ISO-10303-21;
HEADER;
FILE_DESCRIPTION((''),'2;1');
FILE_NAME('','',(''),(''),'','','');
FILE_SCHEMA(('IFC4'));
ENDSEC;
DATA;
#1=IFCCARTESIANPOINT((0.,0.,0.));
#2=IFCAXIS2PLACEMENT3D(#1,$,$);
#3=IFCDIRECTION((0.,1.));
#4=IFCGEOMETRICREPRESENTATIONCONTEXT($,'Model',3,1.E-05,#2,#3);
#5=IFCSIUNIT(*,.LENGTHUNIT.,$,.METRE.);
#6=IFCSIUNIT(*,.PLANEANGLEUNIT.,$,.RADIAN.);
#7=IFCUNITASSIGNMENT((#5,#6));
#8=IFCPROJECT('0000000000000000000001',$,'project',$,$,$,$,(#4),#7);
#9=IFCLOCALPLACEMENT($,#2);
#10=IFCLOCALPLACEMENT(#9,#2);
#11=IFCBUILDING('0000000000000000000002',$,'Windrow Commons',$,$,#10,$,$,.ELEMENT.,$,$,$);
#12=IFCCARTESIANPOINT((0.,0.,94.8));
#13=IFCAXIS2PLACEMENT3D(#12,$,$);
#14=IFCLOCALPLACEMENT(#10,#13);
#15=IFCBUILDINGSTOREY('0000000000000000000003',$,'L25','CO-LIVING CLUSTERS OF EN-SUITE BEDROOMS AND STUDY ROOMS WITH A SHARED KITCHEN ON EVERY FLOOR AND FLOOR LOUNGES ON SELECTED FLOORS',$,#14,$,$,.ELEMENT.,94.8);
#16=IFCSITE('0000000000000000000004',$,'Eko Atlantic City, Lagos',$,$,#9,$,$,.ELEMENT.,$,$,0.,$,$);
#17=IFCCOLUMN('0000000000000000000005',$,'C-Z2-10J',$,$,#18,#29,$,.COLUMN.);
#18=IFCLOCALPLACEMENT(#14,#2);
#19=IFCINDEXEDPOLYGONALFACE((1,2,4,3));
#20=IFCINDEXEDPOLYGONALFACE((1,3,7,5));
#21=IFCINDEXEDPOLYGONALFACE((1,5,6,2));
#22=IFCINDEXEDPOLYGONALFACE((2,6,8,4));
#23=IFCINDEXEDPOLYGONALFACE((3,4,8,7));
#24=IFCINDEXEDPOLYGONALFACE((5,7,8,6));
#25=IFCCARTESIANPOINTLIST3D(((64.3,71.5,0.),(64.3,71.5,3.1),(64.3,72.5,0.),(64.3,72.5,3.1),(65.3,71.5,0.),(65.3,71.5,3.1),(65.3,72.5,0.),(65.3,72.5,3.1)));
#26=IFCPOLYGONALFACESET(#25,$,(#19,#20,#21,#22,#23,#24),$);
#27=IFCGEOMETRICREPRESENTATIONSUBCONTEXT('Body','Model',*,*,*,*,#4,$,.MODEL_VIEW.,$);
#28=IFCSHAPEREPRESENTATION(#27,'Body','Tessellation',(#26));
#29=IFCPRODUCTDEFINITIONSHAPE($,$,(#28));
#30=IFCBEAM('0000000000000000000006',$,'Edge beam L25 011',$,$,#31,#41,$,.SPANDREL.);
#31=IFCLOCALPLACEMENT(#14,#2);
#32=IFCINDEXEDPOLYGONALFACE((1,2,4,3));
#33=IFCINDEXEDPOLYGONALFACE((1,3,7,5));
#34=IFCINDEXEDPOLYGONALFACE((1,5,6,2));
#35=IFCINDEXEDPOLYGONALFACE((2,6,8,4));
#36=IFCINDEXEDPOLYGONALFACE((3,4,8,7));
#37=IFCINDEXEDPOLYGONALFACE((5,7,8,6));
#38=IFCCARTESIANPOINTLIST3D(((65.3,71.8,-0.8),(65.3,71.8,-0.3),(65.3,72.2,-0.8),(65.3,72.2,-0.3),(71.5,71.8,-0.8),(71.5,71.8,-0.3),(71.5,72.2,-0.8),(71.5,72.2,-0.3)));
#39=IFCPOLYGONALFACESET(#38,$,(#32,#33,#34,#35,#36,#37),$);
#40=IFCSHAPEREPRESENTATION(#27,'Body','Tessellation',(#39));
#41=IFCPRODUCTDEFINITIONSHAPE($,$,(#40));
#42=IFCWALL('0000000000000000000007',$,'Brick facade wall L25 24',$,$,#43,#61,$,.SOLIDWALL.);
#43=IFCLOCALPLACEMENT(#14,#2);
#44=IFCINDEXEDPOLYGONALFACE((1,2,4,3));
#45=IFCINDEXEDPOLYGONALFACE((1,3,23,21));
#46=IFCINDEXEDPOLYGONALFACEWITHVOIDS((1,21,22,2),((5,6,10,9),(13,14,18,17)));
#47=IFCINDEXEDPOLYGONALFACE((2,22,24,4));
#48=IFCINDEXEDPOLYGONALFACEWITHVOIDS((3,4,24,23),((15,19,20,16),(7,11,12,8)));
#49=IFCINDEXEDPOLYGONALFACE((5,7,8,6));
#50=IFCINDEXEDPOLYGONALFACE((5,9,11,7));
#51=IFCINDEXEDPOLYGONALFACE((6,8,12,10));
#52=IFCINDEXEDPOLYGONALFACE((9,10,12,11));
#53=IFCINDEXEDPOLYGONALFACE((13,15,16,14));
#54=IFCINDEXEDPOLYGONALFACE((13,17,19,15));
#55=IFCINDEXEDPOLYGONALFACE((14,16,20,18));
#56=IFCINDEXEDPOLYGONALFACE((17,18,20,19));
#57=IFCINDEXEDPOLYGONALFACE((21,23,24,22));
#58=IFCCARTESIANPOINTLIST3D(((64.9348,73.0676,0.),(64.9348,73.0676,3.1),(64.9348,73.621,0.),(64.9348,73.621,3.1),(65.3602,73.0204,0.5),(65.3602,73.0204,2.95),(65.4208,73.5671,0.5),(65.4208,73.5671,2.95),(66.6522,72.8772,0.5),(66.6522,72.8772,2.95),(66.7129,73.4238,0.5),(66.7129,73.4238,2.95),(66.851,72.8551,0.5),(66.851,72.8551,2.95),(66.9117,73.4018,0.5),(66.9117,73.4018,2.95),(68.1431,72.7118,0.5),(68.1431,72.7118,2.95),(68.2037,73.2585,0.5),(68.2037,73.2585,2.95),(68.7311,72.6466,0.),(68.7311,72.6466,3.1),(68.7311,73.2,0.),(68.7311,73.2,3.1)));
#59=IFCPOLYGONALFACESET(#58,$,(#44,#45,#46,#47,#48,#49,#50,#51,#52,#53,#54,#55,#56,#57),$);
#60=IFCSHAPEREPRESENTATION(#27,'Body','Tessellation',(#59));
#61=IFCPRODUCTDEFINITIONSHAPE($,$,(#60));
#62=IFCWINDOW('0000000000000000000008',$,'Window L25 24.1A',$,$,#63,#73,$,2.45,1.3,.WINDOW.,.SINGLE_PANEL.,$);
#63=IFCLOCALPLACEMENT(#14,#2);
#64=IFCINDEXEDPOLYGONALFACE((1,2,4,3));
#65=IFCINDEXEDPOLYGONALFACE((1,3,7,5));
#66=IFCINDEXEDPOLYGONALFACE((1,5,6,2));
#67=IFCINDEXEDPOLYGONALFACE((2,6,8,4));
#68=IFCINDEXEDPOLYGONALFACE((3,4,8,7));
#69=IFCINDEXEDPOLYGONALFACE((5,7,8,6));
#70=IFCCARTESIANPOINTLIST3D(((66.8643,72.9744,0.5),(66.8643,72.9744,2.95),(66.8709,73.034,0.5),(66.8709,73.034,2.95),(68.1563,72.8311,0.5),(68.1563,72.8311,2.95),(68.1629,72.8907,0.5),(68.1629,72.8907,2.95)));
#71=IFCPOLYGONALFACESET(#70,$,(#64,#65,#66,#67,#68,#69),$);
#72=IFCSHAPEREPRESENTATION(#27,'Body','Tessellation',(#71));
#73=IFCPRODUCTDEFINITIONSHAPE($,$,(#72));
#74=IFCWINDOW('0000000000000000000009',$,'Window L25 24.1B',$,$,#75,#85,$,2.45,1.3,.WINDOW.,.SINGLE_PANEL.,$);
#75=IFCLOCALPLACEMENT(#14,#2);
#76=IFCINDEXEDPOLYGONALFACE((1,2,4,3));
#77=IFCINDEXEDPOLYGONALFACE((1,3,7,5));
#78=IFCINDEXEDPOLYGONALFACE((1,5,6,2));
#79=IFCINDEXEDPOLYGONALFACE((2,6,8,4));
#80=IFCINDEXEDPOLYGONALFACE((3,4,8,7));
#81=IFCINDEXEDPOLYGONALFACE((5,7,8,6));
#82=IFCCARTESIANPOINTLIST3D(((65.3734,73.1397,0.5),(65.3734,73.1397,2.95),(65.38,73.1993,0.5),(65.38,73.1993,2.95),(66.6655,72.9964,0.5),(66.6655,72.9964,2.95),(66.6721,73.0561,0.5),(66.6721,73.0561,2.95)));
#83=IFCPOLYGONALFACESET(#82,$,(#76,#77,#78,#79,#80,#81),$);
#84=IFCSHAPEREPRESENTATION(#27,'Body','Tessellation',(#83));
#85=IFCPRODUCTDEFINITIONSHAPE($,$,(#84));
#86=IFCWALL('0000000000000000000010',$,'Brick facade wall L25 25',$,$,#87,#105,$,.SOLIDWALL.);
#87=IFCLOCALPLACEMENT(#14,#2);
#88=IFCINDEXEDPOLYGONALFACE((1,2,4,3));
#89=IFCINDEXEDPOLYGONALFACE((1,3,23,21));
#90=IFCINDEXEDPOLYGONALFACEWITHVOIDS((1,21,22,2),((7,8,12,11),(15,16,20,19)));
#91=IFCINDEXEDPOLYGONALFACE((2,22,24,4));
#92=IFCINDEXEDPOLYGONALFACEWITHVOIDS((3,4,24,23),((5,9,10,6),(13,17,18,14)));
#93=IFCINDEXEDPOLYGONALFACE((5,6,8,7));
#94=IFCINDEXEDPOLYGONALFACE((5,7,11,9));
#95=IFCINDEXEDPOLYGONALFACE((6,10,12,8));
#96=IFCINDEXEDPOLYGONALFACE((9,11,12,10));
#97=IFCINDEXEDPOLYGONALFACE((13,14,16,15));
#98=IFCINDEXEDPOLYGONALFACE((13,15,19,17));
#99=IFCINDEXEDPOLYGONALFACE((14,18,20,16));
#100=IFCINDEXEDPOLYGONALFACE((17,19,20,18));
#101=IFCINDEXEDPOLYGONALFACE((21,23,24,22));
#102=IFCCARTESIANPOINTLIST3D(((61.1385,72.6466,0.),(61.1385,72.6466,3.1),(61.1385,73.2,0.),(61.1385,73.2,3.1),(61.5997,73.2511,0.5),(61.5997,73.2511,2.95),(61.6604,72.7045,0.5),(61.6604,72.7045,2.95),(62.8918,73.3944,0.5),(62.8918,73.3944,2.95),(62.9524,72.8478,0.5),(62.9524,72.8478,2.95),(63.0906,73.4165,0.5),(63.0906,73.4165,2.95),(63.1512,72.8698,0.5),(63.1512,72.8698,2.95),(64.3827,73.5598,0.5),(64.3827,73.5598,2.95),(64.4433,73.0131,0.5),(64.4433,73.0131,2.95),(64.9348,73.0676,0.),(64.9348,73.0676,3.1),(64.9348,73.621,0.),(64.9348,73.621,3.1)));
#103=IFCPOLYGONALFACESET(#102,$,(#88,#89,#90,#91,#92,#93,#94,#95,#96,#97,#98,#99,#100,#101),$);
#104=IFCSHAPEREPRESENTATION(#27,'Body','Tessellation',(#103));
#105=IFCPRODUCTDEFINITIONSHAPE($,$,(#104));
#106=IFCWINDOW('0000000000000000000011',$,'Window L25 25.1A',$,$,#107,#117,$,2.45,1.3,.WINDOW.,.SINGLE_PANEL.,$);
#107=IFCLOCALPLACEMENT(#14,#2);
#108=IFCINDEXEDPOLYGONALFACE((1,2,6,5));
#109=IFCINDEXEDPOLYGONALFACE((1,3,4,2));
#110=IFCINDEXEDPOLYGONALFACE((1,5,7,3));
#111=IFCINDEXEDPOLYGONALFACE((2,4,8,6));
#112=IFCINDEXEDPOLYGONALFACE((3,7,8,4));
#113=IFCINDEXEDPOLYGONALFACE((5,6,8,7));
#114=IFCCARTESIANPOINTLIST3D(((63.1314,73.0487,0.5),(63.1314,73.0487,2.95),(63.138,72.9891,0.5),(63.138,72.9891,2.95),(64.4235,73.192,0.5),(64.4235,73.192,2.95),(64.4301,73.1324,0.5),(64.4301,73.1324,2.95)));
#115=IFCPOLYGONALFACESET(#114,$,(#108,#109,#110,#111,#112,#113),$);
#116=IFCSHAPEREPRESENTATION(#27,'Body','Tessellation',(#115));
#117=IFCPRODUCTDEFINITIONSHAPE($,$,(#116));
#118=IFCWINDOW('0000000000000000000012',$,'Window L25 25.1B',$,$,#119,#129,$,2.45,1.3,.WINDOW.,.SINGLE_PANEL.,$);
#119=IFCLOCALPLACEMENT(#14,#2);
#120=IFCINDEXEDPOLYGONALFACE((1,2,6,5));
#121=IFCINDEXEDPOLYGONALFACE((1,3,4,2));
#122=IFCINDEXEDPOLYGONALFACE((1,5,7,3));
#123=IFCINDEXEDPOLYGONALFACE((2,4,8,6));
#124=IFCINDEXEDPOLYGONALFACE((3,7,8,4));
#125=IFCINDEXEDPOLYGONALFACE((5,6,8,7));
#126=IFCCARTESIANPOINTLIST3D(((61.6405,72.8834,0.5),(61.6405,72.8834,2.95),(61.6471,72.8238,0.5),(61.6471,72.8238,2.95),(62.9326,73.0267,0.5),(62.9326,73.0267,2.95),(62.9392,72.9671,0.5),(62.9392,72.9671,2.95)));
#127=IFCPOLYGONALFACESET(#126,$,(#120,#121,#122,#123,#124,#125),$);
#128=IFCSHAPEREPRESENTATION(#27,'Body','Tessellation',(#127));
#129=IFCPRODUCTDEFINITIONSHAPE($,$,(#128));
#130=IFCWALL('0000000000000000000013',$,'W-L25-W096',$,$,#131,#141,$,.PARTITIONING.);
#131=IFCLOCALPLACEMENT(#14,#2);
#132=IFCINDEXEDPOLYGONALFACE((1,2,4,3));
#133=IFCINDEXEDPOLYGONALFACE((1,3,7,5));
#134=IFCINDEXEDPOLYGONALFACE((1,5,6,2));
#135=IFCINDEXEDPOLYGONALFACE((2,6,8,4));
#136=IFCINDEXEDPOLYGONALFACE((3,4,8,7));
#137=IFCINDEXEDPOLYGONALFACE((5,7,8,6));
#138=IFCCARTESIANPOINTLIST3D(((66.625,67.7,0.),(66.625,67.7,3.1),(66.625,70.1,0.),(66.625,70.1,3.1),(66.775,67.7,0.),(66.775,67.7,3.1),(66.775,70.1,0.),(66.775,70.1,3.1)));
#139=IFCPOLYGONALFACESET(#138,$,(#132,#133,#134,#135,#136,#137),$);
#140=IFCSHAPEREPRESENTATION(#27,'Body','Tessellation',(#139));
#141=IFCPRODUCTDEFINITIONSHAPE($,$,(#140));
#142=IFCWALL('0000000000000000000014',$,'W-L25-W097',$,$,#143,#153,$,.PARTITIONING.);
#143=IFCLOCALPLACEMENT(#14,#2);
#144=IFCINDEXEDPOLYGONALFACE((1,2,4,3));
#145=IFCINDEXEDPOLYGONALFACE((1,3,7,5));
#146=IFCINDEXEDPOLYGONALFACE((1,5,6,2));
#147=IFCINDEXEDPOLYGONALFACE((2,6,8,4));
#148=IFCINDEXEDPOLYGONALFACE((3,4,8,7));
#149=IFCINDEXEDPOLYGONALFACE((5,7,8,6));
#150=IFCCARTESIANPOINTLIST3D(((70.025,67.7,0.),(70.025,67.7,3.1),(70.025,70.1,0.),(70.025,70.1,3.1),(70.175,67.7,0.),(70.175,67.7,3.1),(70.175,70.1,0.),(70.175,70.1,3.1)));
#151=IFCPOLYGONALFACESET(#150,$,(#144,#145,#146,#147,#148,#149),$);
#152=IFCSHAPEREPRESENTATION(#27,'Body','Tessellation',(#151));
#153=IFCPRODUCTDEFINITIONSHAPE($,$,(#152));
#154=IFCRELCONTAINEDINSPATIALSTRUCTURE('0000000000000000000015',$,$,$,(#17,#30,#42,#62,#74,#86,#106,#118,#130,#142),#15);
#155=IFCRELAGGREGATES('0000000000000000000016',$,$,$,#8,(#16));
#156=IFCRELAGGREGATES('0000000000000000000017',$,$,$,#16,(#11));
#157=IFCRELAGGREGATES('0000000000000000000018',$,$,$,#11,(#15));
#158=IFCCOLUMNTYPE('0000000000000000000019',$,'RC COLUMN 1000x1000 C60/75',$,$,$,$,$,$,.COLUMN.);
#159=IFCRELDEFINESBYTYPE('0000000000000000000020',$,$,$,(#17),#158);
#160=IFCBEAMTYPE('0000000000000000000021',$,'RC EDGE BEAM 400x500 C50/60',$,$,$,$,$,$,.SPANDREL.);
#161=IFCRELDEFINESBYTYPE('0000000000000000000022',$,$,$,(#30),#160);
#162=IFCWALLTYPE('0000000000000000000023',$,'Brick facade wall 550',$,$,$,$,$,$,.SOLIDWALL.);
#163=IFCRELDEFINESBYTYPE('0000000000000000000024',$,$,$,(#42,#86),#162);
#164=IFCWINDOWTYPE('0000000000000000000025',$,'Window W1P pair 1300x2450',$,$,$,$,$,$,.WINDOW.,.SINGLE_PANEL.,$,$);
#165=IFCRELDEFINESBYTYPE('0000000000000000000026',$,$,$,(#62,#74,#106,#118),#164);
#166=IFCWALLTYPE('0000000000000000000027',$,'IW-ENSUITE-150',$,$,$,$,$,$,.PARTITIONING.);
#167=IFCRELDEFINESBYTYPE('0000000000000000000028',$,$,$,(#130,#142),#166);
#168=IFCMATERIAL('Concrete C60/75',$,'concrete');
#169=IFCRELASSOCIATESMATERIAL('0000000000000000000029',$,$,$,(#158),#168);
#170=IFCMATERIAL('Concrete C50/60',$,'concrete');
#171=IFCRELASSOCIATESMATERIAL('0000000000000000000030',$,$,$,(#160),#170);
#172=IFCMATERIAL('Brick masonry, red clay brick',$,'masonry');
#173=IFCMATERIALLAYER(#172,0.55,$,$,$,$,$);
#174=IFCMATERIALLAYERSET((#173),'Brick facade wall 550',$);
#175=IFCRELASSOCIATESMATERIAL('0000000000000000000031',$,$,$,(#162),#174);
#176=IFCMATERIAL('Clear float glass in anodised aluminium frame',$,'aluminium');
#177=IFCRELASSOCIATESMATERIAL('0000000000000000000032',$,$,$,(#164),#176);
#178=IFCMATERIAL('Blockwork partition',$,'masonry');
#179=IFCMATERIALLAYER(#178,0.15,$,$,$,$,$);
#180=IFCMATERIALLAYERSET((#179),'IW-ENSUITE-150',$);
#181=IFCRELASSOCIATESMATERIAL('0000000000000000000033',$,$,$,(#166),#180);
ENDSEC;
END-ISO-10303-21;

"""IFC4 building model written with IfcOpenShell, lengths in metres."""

from ifc_helpers import new_model, si_unit, direction, frame, frame_2d, origin, origin_2d, place, context, subcontext, project, spatial, polyline, rectangle, outline, extrude, material, layer, layer_set, material_profile, profile_set, type_object, element, fill, save


model = new_model("IFC4")

# Units and contexts
model_context = context("Model", 3, precision=1e-05, world=origin(), true_north=direction((0.0, 1.0)))
body_context = subcontext(model_context, "Body", "Model", "MODEL_VIEW")
ifc_project = project(units=[si_unit("LENGTHUNIT", "METRE"), si_unit("PLANEANGLEUNIT", "RADIAN")], contexts=[model_context])

# Site, building, storey
site_placement = place(None, origin())
site = spatial("IfcSite", under=ifc_project, at=site_placement, Name="Eko Atlantic City, Lagos", CompositionType="ELEMENT", RefElevation=0.0)
building_placement = place(site_placement, origin())
building = spatial("IfcBuilding", under=site, at=building_placement, Name="Windrow Commons", CompositionType="ELEMENT")
storey_placement = place(building_placement, frame((0.0, 0.0, 94.8)))
storey = spatial("IfcBuildingStorey", under=building, at=storey_placement, Name="L25", Description="CO-LIVING CLUSTERS OF EN-SUITE BEDROOMS AND STUDY ROOMS WITH A SHARED KITCHEN ON EVERY FLOOR AND FLOOR LOUNGES ON SELECTED FLOORS", CompositionType="ELEMENT", Elevation=94.8)

# Column
ifc_material_1 = material(Name="Concrete C60/75", Category="concrete")
ifc_material_profile_1 = material_profile(ifc_material_1, rectangle(XDim=1.0, YDim=1.0, at=origin_2d()))
ifc_profile_set_1 = profile_set([ifc_material_profile_1], Name="Concrete C60/75")
column_type = type_object("IfcColumnType", Name="RC COLUMN 1000x1000 C60/75", PredefinedType="COLUMN", material=ifc_profile_set_1)
column_placement = place(storey_placement, frame((64.8, 72.0, 0.0), z_axis=(0.0, 0.0, 1.0), x_axis=(1.0, 0.0, 0.0)))
element("IfcColumn", 1, at=column_placement, inside=storey, type_object=column_type, Name="C-Z2-10J", PredefinedType="COLUMN", context=body_context, shape_type="SweptSolid", body=[
    extrude(rectangle(XDim=1.0, YDim=1.0, at=origin_2d()), origin(), (0.0, 0.0, 1.0), 3.1),
])

# Beam
ifc_material_2 = material(Name="Concrete C50/60", Category="concrete")
ifc_material_profile_2 = material_profile(ifc_material_2, rectangle(XDim=0.4, YDim=0.5, at=origin_2d()))
ifc_profile_set_2 = profile_set([ifc_material_profile_2], Name="Concrete C50/60")
beam_type = type_object("IfcBeamType", Name="RC EDGE BEAM 400x500 C50/60", PredefinedType="SPANDREL", material=ifc_profile_set_2)
beam_placement = place(storey_placement, frame((65.3, 72.0, -0.55), z_axis=(1.0, 0.0, 0.0), x_axis=(0.0, 1.0, 0.0)))
element("IfcBeam", 2, at=beam_placement, inside=storey, type_object=beam_type, Name="Edge beam L25 011", PredefinedType="SPANDREL", context=body_context, shape_type="SweptSolid", body=[
    extrude(rectangle(XDim=0.4, YDim=0.5, at=origin_2d()), origin(), (0.0, 0.0, 1.0), 6.2),
])

# Walls, openings, windows
ifc_material_3 = material(Name="Brick masonry, red clay brick", Category="masonry")
ifc_layer_1 = layer(ifc_material_3, 0.55)
ifc_layer_set_1 = layer_set([ifc_layer_1], Name="Brick facade wall 550")
wall_type_1 = type_object("IfcWallType", Name="Brick facade wall 550", PredefinedType="SOLIDWALL", material=ifc_layer_set_1)
wall_1_placement = place(storey_placement, frame((68.7311, 72.9233, 0.0), z_axis=(0.0, 0.0, 1.0), x_axis=(-0.993907, 0.110222, 0.0)))
wall_1 = element("IfcWall", 3, at=wall_1_placement, inside=storey, type_object=wall_type_1, Name="Brick facade wall L25 24", PredefinedType="SOLIDWALL", context=body_context, shape_type="SweptSolid", body=[
    extrude(outline(polyline([(0.0305, -0.275), (3.8501, -0.275), (3.7891, 0.275), (-0.0305, 0.275), (0.0305, -0.275)])), origin(), (0.0, 0.0, 1.0), 3.1),
])
opening_1_placement = place(wall_1_placement, frame((0.5611, 0.0, 0.5)))
opening_1 = element("IfcOpeningElement", 4, at=opening_1_placement, cuts=wall_1, PredefinedType="OPENING", context=body_context, shape_type="SweptSolid", body=[
    extrude(rectangle(XDim=1.3, YDim=2.45, at=frame_2d((0.65, 1.225))), frame((0.0, 0.285, 0.0), z_axis=(0.0, -1.0, 0.0), x_axis=(1.0, 0.0, 0.0)), (0.0, 0.0, 1.0), 0.57),
])
opening_2_placement = place(wall_1_placement, frame((2.0611, 0.0, 0.5)))
opening_2 = element("IfcOpeningElement", 5, at=opening_2_placement, cuts=wall_1, PredefinedType="OPENING", context=body_context, shape_type="SweptSolid", body=[
    extrude(rectangle(XDim=1.3, YDim=2.45, at=frame_2d((0.65, 1.225))), frame((0.0, 0.285, 0.0), z_axis=(0.0, -1.0, 0.0), x_axis=(1.0, 0.0, 0.0)), (0.0, 0.0, 1.0), 0.57),
])
ifc_material_4 = material(Name="Clear float glass in anodised aluminium frame", Category="aluminium")
window_type = type_object("IfcWindowType", Name="Window W1P pair 1300x2450", PartitioningType="SINGLE_PANEL", PredefinedType="WINDOW", material=ifc_material_4)
window_1_placement = place(opening_1_placement, origin())
window_1 = element("IfcWindow", 6, at=window_1_placement, inside=storey, type_object=window_type, Name="Window L25 24.1A", OverallHeight=2.45, OverallWidth=1.3, PartitioningType="SINGLE_PANEL", PredefinedType="WINDOW", context=body_context, shape_type="SweptSolid", body=[
    extrude(rectangle(XDim=1.3, YDim=2.45, at=frame_2d((0.65, 1.225))), frame((0.0, 0.155, 0.0), z_axis=(0.0, -1.0, 0.0), x_axis=(1.0, 0.0, 0.0)), (0.0, 0.0, 1.0), 0.06),
])
fill(opening_1, window_1)
window_2_placement = place(opening_2_placement, origin())
window_2 = element("IfcWindow", 7, at=window_2_placement, inside=storey, type_object=window_type, Name="Window L25 24.1B", OverallHeight=2.45, OverallWidth=1.3, PartitioningType="SINGLE_PANEL", PredefinedType="WINDOW", context=body_context, shape_type="SweptSolid", body=[
    extrude(rectangle(XDim=1.3, YDim=2.45, at=frame_2d((0.65, 1.225))), frame((0.0, 0.155, 0.0), z_axis=(0.0, -1.0, 0.0), x_axis=(1.0, 0.0, 0.0)), (0.0, 0.0, 1.0), 0.06),
])
fill(opening_2, window_2)
wall_2_placement = place(storey_placement, frame((64.9348, 73.3443, 0.0), z_axis=(0.0, 0.0, 1.0), x_axis=(-0.993907, -0.110219, 0.0)))
wall_2 = element("IfcWall", 8, at=wall_2_placement, inside=storey, type_object=wall_type_1, Name="Brick facade wall L25 25", PredefinedType="SOLIDWALL", context=body_context, shape_type="SweptSolid", body=[
    extrude(outline(polyline([(-0.0305, -0.275), (3.7891, -0.275), (3.8501, 0.275), (0.0305, 0.275), (-0.0305, -0.275)])), origin(), (0.0, 0.0, 1.0), 3.1),
])
opening_3_placement = place(wall_2_placement, frame((0.525, 0.0, 0.5)))
opening_3 = element("IfcOpeningElement", 9, at=opening_3_placement, cuts=wall_2, PredefinedType="OPENING", context=body_context, shape_type="SweptSolid", body=[
    extrude(rectangle(XDim=1.3, YDim=2.45, at=frame_2d((0.65, 1.225))), frame((0.0, 0.285, 0.0), z_axis=(0.0, -1.0, 0.0), x_axis=(1.0, 0.0, 0.0)), (0.0, 0.0, 1.0), 0.57),
])
opening_4_placement = place(wall_2_placement, frame((2.025, 0.0, 0.5)))
opening_4 = element("IfcOpeningElement", 10, at=opening_4_placement, cuts=wall_2, PredefinedType="OPENING", context=body_context, shape_type="SweptSolid", body=[
    extrude(rectangle(XDim=1.3, YDim=2.45, at=frame_2d((0.65, 1.225))), frame((0.0, 0.285, 0.0), z_axis=(0.0, -1.0, 0.0), x_axis=(1.0, 0.0, 0.0)), (0.0, 0.0, 1.0), 0.57),
])
window_3_placement = place(opening_3_placement, origin())
window_3 = element("IfcWindow", 11, at=window_3_placement, inside=storey, type_object=window_type, Name="Window L25 25.1A", OverallHeight=2.45, OverallWidth=1.3, PartitioningType="SINGLE_PANEL", PredefinedType="WINDOW", context=body_context, shape_type="SweptSolid", body=[
    extrude(rectangle(XDim=1.3, YDim=2.45, at=frame_2d((0.65, 1.225))), frame((0.0, 0.155, 0.0), z_axis=(0.0, -1.0, 0.0), x_axis=(1.0, 0.0, 0.0)), (0.0, 0.0, 1.0), 0.06),
])
fill(opening_3, window_3)
window_4_placement = place(opening_4_placement, origin())
window_4 = element("IfcWindow", 12, at=window_4_placement, inside=storey, type_object=window_type, Name="Window L25 25.1B", OverallHeight=2.45, OverallWidth=1.3, PartitioningType="SINGLE_PANEL", PredefinedType="WINDOW", context=body_context, shape_type="SweptSolid", body=[
    extrude(rectangle(XDim=1.3, YDim=2.45, at=frame_2d((0.65, 1.225))), frame((0.0, 0.155, 0.0), z_axis=(0.0, -1.0, 0.0), x_axis=(1.0, 0.0, 0.0)), (0.0, 0.0, 1.0), 0.06),
])
fill(opening_4, window_4)

# Walls
ifc_material_5 = material(Name="Blockwork partition", Category="masonry")
ifc_layer_2 = layer(ifc_material_5, 0.15)
ifc_layer_set_2 = layer_set([ifc_layer_2], Name="IW-ENSUITE-150")
wall_type_2 = type_object("IfcWallType", Name="IW-ENSUITE-150", PredefinedType="PARTITIONING", material=ifc_layer_set_2)
for number, where, z_axis, x_axis, name in (
    (13, (66.7, 67.7, 0.0), (0.0, 0.0, 1.0), (0.0, 1.0, 0.0), "W-L25-W096"),
    (14, (70.1, 67.7, 0.0), (0.0, 0.0, 1.0), (0.0, 1.0, 0.0), "W-L25-W097"),
):
    element("IfcWall", number, at=place(storey_placement, frame(where, z_axis=z_axis, x_axis=x_axis)), inside=storey, type_object=wall_type_2, Name=name, PredefinedType="PARTITIONING", context=body_context, shape_type="SweptSolid", body=[
        extrude(rectangle(XDim=2.4, YDim=0.15, at=frame_2d((1.2, 0.0))), origin(), (0.0, 0.0, 1.0), 3.1),
    ])

save(model, "model.ifc")
